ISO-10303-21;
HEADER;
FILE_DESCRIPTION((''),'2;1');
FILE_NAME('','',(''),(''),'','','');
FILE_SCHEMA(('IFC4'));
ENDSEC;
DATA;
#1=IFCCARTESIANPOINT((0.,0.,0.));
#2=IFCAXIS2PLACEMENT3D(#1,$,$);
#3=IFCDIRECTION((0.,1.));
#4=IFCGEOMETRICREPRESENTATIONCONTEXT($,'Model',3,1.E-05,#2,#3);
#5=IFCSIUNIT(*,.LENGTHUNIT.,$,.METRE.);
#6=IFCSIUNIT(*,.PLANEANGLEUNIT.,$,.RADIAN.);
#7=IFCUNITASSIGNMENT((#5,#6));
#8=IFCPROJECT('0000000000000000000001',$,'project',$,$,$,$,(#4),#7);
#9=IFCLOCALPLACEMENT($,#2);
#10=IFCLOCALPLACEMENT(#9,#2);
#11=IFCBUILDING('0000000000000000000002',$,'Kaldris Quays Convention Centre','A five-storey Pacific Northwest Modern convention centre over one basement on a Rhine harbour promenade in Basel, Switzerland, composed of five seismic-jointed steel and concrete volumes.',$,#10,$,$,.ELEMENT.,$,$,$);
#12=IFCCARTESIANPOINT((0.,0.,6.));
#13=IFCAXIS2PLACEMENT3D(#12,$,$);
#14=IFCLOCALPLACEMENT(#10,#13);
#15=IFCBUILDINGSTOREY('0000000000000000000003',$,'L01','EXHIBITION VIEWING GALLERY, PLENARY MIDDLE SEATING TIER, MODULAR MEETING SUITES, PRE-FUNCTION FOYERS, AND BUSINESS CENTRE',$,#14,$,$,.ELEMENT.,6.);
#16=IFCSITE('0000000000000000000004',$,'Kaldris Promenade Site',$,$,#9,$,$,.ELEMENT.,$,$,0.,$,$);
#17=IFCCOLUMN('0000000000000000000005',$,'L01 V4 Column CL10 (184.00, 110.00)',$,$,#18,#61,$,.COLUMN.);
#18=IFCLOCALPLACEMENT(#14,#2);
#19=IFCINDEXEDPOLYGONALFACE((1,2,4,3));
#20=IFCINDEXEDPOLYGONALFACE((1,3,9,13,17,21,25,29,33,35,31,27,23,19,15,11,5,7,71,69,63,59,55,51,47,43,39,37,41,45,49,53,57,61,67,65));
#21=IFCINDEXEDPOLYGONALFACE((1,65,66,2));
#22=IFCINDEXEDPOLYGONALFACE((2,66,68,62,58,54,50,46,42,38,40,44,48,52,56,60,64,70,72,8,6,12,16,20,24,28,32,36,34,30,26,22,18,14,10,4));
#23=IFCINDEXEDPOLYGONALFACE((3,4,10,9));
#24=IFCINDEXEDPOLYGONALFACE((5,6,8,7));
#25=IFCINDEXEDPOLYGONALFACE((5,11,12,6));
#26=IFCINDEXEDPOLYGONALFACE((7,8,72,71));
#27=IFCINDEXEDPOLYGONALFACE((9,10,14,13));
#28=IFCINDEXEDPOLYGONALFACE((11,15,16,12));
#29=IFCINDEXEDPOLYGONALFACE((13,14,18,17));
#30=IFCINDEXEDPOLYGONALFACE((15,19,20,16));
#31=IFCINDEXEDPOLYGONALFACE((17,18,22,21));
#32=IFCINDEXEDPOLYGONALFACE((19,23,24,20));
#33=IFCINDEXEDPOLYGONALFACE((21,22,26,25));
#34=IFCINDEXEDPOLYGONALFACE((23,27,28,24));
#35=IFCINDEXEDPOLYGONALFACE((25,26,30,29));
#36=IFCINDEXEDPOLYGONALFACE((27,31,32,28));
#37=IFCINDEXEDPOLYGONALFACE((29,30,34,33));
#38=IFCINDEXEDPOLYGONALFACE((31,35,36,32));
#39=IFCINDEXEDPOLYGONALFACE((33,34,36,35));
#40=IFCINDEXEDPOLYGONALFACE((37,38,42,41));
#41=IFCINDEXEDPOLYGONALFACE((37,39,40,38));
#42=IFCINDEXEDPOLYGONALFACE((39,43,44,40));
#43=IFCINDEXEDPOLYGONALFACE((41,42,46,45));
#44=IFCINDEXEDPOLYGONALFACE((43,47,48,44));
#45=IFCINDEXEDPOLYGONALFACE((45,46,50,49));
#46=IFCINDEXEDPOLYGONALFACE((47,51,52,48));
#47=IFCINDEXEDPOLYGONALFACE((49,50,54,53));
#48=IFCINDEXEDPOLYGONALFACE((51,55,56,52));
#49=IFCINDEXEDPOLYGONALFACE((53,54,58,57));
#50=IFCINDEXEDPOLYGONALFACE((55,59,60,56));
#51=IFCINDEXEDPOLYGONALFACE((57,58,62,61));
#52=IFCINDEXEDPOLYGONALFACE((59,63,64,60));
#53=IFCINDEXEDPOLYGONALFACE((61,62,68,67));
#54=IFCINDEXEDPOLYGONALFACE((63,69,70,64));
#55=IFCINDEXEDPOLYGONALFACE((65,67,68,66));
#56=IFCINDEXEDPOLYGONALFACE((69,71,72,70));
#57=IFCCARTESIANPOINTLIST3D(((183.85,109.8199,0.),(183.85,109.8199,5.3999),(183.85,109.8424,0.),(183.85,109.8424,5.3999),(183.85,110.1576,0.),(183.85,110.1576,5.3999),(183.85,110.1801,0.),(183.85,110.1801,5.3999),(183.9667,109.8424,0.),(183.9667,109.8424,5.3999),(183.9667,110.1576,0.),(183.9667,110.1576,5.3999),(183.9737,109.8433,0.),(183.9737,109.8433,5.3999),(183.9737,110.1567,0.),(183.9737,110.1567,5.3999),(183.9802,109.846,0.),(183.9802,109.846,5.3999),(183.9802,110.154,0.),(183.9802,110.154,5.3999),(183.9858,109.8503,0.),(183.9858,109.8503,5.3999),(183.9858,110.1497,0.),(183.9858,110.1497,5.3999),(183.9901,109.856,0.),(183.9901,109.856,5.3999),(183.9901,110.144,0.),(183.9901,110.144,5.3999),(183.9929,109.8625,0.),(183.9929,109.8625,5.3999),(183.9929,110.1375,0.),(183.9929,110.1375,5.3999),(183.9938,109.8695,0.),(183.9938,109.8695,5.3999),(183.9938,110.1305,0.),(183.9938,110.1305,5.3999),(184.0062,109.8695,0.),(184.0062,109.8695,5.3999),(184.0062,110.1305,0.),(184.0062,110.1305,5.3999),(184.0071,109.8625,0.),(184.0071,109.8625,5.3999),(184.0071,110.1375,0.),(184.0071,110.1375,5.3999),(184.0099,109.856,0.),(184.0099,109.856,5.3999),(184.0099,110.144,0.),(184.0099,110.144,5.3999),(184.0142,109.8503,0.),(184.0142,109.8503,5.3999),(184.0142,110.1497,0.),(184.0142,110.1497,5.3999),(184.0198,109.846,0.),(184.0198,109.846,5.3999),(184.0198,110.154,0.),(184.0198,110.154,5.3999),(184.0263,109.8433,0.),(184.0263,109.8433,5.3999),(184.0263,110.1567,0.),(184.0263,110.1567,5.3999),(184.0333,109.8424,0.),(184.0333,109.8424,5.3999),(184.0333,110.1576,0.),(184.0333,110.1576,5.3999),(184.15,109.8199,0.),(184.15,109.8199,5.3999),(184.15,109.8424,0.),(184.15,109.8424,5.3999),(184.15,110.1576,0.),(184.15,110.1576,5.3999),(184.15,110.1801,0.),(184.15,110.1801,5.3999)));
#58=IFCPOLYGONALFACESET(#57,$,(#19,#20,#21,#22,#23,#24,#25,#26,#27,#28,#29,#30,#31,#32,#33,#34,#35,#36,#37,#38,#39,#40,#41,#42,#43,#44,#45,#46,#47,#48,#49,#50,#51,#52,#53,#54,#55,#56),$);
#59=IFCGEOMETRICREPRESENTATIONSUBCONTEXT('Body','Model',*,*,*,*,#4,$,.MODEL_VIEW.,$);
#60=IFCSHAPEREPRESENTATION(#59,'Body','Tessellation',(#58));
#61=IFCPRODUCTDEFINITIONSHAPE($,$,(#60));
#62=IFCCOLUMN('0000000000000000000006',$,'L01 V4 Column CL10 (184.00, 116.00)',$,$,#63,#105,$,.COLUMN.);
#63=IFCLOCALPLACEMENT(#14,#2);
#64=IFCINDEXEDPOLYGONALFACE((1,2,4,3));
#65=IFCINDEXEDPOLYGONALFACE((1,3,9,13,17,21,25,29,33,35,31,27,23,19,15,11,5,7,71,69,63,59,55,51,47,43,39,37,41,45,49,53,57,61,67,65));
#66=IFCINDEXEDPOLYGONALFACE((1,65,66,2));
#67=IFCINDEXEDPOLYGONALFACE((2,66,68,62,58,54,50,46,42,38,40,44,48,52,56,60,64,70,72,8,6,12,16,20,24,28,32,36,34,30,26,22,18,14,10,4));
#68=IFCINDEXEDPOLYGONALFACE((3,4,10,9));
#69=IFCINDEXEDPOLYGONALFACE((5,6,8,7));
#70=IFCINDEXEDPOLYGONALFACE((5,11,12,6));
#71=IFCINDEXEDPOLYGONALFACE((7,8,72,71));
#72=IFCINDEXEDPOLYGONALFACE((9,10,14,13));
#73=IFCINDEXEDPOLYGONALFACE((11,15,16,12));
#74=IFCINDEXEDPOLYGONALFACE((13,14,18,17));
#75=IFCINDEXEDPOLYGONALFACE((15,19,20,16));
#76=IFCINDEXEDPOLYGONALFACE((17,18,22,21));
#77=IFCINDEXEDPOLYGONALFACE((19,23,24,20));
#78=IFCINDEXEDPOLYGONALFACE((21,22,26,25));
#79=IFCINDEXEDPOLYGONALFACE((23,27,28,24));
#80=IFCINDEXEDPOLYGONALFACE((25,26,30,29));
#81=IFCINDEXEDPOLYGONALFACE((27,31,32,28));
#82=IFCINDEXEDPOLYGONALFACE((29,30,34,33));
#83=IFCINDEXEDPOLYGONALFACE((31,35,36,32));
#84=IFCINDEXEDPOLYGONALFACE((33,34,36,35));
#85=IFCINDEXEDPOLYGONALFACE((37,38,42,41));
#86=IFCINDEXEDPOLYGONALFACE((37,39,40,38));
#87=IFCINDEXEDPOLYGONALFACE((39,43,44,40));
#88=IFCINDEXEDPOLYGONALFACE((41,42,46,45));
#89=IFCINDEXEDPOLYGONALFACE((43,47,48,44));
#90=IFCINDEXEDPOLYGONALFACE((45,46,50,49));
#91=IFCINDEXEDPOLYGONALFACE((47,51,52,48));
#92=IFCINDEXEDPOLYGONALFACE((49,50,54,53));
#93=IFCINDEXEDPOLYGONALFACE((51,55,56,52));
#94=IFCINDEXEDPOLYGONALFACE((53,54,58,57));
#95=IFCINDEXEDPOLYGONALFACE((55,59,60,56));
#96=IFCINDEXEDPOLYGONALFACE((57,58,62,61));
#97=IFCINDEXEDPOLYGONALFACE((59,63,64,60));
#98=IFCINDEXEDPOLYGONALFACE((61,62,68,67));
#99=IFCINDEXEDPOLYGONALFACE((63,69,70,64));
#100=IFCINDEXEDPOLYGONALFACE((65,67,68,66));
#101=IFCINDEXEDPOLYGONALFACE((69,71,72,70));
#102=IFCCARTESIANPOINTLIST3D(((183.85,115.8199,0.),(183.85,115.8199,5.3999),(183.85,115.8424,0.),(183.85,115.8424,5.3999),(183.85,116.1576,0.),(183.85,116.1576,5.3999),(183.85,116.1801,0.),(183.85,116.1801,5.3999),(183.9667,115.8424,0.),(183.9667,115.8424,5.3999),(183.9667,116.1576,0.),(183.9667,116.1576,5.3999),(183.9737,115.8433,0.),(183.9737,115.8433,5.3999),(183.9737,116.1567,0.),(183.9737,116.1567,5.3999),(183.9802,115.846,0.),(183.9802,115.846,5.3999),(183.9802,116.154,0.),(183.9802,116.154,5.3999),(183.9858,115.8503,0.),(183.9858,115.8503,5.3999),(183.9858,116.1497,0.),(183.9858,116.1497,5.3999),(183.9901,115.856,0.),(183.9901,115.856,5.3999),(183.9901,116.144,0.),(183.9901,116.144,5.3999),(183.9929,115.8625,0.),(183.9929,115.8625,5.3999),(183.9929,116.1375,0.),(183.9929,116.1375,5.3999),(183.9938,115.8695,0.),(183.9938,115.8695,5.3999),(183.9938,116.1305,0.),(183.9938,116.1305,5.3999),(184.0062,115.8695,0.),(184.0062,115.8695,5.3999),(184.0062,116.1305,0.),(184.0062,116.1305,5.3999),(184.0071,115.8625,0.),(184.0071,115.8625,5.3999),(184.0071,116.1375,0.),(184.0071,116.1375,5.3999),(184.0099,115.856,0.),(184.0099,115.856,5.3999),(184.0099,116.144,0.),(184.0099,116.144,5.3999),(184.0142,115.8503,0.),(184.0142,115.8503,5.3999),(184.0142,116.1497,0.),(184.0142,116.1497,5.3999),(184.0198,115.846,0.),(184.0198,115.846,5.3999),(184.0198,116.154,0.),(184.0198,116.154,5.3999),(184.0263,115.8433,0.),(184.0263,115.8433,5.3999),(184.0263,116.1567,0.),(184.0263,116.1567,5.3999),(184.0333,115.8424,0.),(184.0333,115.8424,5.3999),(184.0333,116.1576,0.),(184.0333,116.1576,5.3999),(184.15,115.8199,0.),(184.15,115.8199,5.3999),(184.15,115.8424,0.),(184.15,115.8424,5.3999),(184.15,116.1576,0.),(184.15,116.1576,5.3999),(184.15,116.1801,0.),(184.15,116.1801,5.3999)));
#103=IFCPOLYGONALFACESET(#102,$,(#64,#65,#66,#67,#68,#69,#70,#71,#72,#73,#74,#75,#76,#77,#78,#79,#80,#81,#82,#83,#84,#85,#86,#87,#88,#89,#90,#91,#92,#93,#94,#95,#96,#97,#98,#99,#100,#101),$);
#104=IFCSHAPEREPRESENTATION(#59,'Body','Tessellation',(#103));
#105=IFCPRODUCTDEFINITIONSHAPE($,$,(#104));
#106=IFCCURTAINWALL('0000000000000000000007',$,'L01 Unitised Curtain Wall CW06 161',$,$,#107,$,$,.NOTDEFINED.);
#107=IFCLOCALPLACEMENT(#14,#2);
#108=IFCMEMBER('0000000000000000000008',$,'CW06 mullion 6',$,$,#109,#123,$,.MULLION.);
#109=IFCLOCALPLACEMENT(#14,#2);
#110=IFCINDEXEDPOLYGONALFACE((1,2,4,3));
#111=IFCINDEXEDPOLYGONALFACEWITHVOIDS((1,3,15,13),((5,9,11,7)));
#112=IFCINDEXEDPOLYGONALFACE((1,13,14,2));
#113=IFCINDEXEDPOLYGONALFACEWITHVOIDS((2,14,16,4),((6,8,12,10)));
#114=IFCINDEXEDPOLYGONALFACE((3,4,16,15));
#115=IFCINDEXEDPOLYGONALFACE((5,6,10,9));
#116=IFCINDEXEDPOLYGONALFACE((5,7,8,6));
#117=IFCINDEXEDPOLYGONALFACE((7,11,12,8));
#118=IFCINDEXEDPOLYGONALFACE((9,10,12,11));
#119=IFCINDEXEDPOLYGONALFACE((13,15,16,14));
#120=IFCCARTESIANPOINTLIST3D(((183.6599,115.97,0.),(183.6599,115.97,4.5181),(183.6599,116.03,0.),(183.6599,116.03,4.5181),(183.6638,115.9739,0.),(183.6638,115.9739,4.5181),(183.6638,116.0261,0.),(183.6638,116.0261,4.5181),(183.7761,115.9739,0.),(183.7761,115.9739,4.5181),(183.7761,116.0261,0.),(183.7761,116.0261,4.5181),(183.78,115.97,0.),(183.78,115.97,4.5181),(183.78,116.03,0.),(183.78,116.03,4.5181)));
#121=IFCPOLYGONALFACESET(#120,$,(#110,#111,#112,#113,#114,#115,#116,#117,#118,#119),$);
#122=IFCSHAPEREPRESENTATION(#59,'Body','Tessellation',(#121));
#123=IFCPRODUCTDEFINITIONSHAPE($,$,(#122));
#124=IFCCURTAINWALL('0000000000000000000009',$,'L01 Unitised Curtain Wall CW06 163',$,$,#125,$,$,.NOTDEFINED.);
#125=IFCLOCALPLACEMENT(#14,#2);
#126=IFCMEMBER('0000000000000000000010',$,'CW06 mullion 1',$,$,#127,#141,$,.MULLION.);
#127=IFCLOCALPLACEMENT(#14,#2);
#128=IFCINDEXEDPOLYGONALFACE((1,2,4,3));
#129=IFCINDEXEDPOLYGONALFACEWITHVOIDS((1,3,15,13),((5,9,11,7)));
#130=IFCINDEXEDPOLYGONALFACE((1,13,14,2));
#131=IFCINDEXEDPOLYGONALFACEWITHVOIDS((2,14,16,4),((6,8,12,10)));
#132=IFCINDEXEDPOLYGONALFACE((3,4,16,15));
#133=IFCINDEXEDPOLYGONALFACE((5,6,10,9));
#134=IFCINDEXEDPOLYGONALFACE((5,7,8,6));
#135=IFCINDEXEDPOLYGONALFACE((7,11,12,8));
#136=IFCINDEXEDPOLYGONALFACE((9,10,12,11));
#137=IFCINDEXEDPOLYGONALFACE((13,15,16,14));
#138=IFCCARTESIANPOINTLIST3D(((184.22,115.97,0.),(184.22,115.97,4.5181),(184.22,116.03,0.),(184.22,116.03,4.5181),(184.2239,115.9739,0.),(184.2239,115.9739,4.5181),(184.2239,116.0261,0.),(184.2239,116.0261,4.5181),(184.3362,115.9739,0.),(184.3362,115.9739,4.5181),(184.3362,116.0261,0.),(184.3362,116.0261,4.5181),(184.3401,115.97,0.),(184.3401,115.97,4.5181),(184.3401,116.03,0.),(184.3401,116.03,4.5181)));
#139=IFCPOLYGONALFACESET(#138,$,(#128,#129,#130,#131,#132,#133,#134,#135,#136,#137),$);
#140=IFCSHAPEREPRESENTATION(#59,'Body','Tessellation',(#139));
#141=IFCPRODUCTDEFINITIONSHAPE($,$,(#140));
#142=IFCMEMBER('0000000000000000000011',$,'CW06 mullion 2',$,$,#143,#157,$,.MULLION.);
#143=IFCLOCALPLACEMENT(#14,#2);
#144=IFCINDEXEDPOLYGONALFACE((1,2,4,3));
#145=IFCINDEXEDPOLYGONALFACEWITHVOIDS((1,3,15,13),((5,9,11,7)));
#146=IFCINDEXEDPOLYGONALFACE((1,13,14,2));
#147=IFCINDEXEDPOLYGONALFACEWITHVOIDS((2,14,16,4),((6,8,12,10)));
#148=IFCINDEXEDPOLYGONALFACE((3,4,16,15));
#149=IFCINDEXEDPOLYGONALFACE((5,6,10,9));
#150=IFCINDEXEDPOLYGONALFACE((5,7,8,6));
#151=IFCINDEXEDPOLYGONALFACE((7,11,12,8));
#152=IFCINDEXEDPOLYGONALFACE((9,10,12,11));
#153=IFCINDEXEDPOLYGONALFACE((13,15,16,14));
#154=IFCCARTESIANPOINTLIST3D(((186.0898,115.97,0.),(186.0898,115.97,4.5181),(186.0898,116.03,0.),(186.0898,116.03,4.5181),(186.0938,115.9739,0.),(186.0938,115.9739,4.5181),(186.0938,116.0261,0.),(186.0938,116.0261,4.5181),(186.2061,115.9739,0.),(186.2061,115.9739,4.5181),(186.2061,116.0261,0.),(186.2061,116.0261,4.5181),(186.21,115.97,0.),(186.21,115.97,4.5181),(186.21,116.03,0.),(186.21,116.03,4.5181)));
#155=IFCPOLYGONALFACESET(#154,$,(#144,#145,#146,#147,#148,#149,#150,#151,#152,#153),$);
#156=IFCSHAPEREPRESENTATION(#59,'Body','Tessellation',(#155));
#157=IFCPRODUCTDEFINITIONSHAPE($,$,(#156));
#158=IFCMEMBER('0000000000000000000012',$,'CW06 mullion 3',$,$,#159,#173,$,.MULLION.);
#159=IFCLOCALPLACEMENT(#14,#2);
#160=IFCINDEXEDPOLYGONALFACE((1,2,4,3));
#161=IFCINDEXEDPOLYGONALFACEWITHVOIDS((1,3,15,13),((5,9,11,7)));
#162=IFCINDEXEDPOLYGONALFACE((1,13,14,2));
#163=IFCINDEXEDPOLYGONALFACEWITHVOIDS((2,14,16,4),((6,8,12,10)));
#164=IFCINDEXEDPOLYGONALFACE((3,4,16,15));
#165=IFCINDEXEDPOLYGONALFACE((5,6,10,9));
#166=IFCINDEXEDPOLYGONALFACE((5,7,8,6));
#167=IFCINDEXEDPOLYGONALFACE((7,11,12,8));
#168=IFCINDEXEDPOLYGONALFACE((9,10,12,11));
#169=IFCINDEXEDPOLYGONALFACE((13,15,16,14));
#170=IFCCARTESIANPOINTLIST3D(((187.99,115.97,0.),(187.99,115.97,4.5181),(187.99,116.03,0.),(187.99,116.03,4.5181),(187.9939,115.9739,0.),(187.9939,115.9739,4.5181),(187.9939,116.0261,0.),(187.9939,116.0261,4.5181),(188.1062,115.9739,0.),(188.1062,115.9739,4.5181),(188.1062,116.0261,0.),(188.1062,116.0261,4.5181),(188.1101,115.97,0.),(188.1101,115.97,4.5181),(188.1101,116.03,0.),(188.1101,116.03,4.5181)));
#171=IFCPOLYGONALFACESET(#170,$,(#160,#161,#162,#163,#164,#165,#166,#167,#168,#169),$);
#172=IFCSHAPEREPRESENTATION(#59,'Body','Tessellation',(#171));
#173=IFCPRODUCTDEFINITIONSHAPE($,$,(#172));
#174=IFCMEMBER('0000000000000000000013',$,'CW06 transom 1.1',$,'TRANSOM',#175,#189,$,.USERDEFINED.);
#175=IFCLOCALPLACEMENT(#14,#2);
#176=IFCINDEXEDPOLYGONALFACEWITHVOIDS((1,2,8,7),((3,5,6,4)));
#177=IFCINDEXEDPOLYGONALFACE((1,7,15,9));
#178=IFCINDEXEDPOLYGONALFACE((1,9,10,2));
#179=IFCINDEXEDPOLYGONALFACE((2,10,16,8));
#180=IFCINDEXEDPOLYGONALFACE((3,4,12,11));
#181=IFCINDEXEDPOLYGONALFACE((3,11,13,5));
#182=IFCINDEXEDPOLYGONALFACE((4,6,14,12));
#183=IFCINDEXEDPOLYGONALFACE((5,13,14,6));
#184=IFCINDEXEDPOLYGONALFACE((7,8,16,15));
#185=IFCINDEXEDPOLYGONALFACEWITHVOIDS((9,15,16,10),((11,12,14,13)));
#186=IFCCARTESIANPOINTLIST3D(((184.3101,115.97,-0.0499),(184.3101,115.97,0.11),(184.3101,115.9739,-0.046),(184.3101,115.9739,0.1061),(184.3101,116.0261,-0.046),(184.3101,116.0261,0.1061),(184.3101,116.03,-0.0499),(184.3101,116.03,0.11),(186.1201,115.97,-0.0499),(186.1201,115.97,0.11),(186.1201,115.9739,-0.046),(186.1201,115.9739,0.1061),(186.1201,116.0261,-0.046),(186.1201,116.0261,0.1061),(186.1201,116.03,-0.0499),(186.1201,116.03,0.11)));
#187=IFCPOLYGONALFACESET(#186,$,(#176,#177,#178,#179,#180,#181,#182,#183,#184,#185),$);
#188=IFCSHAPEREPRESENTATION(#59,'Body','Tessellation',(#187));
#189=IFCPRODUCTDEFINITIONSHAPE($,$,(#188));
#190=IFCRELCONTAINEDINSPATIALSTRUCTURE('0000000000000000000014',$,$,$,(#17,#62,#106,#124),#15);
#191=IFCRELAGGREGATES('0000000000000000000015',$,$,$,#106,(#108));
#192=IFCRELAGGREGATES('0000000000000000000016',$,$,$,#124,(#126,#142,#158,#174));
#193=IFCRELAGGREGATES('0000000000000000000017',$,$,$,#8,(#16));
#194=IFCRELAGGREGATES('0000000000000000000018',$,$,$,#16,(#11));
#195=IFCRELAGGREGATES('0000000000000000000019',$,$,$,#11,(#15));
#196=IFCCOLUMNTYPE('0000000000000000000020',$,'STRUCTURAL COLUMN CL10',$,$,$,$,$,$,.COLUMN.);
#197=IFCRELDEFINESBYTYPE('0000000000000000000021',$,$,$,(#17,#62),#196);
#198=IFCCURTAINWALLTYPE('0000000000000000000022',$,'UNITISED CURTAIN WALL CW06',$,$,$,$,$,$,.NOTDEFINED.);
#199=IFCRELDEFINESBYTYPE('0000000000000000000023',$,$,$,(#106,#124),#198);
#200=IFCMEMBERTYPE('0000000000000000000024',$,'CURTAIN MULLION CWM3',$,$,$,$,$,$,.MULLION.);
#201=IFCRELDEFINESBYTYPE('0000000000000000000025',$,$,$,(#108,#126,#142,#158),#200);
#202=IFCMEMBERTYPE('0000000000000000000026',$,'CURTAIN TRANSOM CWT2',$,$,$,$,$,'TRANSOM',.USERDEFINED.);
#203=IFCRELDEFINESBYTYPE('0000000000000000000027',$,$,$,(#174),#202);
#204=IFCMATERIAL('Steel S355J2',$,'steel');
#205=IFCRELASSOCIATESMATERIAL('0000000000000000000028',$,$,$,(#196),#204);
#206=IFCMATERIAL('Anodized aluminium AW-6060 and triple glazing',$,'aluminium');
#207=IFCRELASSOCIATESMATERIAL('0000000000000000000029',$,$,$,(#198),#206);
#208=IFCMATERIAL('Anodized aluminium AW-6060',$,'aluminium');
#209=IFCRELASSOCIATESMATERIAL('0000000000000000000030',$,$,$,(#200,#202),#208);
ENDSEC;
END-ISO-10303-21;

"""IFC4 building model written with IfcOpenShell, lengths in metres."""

from ifc_helpers import new_model, si_unit, direction, frame, origin, origin_2d, place, context, subcontext, project, spatial, hollow_rectangle, i_section, extrude, material, material_profile, profile_set, type_object, element, aggregate, save


model = new_model("IFC4")

# Units and contexts
model_context = context("Model", 3, precision=1e-05, world=origin(), true_north=direction((0.0, 1.0)))
body_context = subcontext(model_context, "Body", "Model", "MODEL_VIEW")
ifc_project = project(units=[si_unit("LENGTHUNIT", "METRE"), si_unit("PLANEANGLEUNIT", "RADIAN")], contexts=[model_context])

# Site, building, storey
site_placement = place(None, origin())
site = spatial("IfcSite", under=ifc_project, at=site_placement, Name="Kaldris Promenade Site", CompositionType="ELEMENT", RefElevation=0.0)
building_placement = place(site_placement, origin())
building = spatial("IfcBuilding", under=site, at=building_placement, Name="Kaldris Quays Convention Centre", Description="A five-storey Pacific Northwest Modern convention centre over one basement on a Rhine harbour promenade in Basel, Switzerland, composed of five seismic-jointed steel and concrete volumes.", CompositionType="ELEMENT")
storey_placement = place(building_placement, frame((0.0, 0.0, 6.0)))
storey = spatial("IfcBuildingStorey", under=building, at=storey_placement, Name="L01", Description="EXHIBITION VIEWING GALLERY, PLENARY MIDDLE SEATING TIER, MODULAR MEETING SUITES, PRE-FUNCTION FOYERS, AND BUSINESS CENTRE", CompositionType="ELEMENT", Elevation=6.0)

# Columns
ifc_material_1 = material(Name="Steel S355J2", Category="steel")
ifc_material_profile_1 = material_profile(ifc_material_1, i_section(OverallWidth=0.3, OverallDepth=0.3601, WebThickness=0.0125, FlangeThickness=0.0225, FilletRadius=0.0271, at=origin_2d()), Name="HEB 360")
ifc_profile_set_1 = profile_set([ifc_material_profile_1], Name="Steel S355J2")
column_type = type_object("IfcColumnType", Name="STRUCTURAL COLUMN CL10", PredefinedType="COLUMN", material=ifc_profile_set_1)
for number, where, z_axis, x_axis, name in (
    (1, (184.0, 110.0, 0.0), (0.0, 0.0, 1.0), (1.0, 0.0, 0.0), "L01 V4 Column CL10 (184.00, 110.00)"),
    (2, (184.0, 116.0, 0.0), (0.0, 0.0, 1.0), (1.0, 0.0, 0.0), "L01 V4 Column CL10 (184.00, 116.00)"),
):
    element("IfcColumn", number, at=place(storey_placement, frame(where, z_axis=z_axis, x_axis=x_axis)), inside=storey, type_object=column_type, Name=name, PredefinedType="COLUMN", context=body_context, shape_type="SweptSolid", body=[
        extrude(i_section(OverallWidth=0.3, OverallDepth=0.3601, WebThickness=0.0125, FlangeThickness=0.0225, FilletRadius=0.0271, at=origin_2d()), origin(), (0.0, 0.0, 1.0), 5.3999),
    ])

# Curtain wall, member
ifc_material_2 = material(Name="Anodized aluminium AW-6060 and triple glazing", Category="aluminium")
curtain_wall_type = type_object("IfcCurtainWallType", Name="UNITISED CURTAIN WALL CW06", PredefinedType="NOTDEFINED", material=ifc_material_2)
curtain_wall_1_placement = place(storey_placement, origin())
curtain_wall_1 = element("IfcCurtainWall", 3, at=curtain_wall_1_placement, inside=storey, type_object=curtain_wall_type, Name="L01 Unitised Curtain Wall CW06 161", PredefinedType="NOTDEFINED")
ifc_material_3 = material(Name="Anodized aluminium AW-6060", Category="aluminium")
ifc_material_profile_2 = material_profile(ifc_material_3, hollow_rectangle(XDim=0.0601, YDim=0.1201, WallThickness=0.0039, at=origin_2d()), Name="RHS 120x60x4")
ifc_profile_set_2 = profile_set([ifc_material_profile_2], Name="Anodized aluminium AW-6060")
member_type_1 = type_object("IfcMemberType", Name="CURTAIN MULLION CWM3", PredefinedType="MULLION", material=ifc_profile_set_2)
member_1_placement = place(storey_placement, frame((183.72, 116.0, 0.0), z_axis=(0.0, 0.0, 1.0), x_axis=(0.0, 1.0, 0.0)))
member_1 = element("IfcMember", 4, at=member_1_placement, type_object=member_type_1, Name="CW06 mullion 6", PredefinedType="MULLION", context=body_context, shape_type="SweptSolid", body=[
    extrude(hollow_rectangle(XDim=0.0601, YDim=0.1201, WallThickness=0.0039, at=origin_2d()), origin(), (0.0, 0.0, 1.0), 4.5181),
])
aggregate(curtain_wall_1, [member_1])

# Curtain wall, members
curtain_wall_2_placement = place(storey_placement, origin())
curtain_wall_2 = element("IfcCurtainWall", 5, at=curtain_wall_2_placement, inside=storey, type_object=curtain_wall_type, Name="L01 Unitised Curtain Wall CW06 163", PredefinedType="NOTDEFINED")
member_2_placement = place(storey_placement, frame((184.28, 116.0, 0.0), z_axis=(0.0, 0.0, 1.0), x_axis=(0.0, 1.0, 0.0)))
member_2 = element("IfcMember", 6, at=member_2_placement, type_object=member_type_1, Name="CW06 mullion 1", PredefinedType="MULLION", context=body_context, shape_type="SweptSolid", body=[
    extrude(hollow_rectangle(XDim=0.0601, YDim=0.1201, WallThickness=0.0039, at=origin_2d()), origin(), (0.0, 0.0, 1.0), 4.5181),
])
member_3_placement = place(storey_placement, frame((186.1499, 116.0, 0.0), z_axis=(0.0, 0.0, 1.0), x_axis=(0.0, 1.0, 0.0)))
member_3 = element("IfcMember", 7, at=member_3_placement, type_object=member_type_1, Name="CW06 mullion 2", PredefinedType="MULLION", context=body_context, shape_type="SweptSolid", body=[
    extrude(hollow_rectangle(XDim=0.0601, YDim=0.1201, WallThickness=0.0039, at=origin_2d()), origin(), (0.0, 0.0, 1.0), 4.5181),
])
member_4_placement = place(storey_placement, frame((188.05, 116.0, 0.0), z_axis=(0.0, 0.0, 1.0), x_axis=(0.0, 1.0, 0.0)))
member_4 = element("IfcMember", 8, at=member_4_placement, type_object=member_type_1, Name="CW06 mullion 3", PredefinedType="MULLION", context=body_context, shape_type="SweptSolid", body=[
    extrude(hollow_rectangle(XDim=0.0601, YDim=0.1201, WallThickness=0.0039, at=origin_2d()), origin(), (0.0, 0.0, 1.0), 4.5181),
])
ifc_material_profile_3 = material_profile(ifc_material_3, hollow_rectangle(XDim=0.0601, YDim=0.1599, WallThickness=0.0039, at=origin_2d()), Name="RHS 160x60x4")
ifc_profile_set_3 = profile_set([ifc_material_profile_3], Name="Anodized aluminium AW-6060")
member_type_2 = type_object("IfcMemberType", Name="CURTAIN TRANSOM CWT2", ElementType="TRANSOM", PredefinedType="USERDEFINED", material=ifc_profile_set_3)
member_5_placement = place(storey_placement, frame((184.3101, 116.0, 0.03), z_axis=(1.0, 0.0, 0.0), x_axis=(0.0, 1.0, 0.0)))
member_5 = element("IfcMember", 9, at=member_5_placement, type_object=member_type_2, Name="CW06 transom 1.1", ObjectType="TRANSOM", PredefinedType="USERDEFINED", context=body_context, shape_type="SweptSolid", body=[
    extrude(hollow_rectangle(XDim=0.0601, YDim=0.1599, WallThickness=0.0039, at=origin_2d()), origin(), (0.0, 0.0, 1.0), 1.8101),
])

aggregate(curtain_wall_2, [member_2, member_3, member_4, member_5])

save(model, "model.ifc")
